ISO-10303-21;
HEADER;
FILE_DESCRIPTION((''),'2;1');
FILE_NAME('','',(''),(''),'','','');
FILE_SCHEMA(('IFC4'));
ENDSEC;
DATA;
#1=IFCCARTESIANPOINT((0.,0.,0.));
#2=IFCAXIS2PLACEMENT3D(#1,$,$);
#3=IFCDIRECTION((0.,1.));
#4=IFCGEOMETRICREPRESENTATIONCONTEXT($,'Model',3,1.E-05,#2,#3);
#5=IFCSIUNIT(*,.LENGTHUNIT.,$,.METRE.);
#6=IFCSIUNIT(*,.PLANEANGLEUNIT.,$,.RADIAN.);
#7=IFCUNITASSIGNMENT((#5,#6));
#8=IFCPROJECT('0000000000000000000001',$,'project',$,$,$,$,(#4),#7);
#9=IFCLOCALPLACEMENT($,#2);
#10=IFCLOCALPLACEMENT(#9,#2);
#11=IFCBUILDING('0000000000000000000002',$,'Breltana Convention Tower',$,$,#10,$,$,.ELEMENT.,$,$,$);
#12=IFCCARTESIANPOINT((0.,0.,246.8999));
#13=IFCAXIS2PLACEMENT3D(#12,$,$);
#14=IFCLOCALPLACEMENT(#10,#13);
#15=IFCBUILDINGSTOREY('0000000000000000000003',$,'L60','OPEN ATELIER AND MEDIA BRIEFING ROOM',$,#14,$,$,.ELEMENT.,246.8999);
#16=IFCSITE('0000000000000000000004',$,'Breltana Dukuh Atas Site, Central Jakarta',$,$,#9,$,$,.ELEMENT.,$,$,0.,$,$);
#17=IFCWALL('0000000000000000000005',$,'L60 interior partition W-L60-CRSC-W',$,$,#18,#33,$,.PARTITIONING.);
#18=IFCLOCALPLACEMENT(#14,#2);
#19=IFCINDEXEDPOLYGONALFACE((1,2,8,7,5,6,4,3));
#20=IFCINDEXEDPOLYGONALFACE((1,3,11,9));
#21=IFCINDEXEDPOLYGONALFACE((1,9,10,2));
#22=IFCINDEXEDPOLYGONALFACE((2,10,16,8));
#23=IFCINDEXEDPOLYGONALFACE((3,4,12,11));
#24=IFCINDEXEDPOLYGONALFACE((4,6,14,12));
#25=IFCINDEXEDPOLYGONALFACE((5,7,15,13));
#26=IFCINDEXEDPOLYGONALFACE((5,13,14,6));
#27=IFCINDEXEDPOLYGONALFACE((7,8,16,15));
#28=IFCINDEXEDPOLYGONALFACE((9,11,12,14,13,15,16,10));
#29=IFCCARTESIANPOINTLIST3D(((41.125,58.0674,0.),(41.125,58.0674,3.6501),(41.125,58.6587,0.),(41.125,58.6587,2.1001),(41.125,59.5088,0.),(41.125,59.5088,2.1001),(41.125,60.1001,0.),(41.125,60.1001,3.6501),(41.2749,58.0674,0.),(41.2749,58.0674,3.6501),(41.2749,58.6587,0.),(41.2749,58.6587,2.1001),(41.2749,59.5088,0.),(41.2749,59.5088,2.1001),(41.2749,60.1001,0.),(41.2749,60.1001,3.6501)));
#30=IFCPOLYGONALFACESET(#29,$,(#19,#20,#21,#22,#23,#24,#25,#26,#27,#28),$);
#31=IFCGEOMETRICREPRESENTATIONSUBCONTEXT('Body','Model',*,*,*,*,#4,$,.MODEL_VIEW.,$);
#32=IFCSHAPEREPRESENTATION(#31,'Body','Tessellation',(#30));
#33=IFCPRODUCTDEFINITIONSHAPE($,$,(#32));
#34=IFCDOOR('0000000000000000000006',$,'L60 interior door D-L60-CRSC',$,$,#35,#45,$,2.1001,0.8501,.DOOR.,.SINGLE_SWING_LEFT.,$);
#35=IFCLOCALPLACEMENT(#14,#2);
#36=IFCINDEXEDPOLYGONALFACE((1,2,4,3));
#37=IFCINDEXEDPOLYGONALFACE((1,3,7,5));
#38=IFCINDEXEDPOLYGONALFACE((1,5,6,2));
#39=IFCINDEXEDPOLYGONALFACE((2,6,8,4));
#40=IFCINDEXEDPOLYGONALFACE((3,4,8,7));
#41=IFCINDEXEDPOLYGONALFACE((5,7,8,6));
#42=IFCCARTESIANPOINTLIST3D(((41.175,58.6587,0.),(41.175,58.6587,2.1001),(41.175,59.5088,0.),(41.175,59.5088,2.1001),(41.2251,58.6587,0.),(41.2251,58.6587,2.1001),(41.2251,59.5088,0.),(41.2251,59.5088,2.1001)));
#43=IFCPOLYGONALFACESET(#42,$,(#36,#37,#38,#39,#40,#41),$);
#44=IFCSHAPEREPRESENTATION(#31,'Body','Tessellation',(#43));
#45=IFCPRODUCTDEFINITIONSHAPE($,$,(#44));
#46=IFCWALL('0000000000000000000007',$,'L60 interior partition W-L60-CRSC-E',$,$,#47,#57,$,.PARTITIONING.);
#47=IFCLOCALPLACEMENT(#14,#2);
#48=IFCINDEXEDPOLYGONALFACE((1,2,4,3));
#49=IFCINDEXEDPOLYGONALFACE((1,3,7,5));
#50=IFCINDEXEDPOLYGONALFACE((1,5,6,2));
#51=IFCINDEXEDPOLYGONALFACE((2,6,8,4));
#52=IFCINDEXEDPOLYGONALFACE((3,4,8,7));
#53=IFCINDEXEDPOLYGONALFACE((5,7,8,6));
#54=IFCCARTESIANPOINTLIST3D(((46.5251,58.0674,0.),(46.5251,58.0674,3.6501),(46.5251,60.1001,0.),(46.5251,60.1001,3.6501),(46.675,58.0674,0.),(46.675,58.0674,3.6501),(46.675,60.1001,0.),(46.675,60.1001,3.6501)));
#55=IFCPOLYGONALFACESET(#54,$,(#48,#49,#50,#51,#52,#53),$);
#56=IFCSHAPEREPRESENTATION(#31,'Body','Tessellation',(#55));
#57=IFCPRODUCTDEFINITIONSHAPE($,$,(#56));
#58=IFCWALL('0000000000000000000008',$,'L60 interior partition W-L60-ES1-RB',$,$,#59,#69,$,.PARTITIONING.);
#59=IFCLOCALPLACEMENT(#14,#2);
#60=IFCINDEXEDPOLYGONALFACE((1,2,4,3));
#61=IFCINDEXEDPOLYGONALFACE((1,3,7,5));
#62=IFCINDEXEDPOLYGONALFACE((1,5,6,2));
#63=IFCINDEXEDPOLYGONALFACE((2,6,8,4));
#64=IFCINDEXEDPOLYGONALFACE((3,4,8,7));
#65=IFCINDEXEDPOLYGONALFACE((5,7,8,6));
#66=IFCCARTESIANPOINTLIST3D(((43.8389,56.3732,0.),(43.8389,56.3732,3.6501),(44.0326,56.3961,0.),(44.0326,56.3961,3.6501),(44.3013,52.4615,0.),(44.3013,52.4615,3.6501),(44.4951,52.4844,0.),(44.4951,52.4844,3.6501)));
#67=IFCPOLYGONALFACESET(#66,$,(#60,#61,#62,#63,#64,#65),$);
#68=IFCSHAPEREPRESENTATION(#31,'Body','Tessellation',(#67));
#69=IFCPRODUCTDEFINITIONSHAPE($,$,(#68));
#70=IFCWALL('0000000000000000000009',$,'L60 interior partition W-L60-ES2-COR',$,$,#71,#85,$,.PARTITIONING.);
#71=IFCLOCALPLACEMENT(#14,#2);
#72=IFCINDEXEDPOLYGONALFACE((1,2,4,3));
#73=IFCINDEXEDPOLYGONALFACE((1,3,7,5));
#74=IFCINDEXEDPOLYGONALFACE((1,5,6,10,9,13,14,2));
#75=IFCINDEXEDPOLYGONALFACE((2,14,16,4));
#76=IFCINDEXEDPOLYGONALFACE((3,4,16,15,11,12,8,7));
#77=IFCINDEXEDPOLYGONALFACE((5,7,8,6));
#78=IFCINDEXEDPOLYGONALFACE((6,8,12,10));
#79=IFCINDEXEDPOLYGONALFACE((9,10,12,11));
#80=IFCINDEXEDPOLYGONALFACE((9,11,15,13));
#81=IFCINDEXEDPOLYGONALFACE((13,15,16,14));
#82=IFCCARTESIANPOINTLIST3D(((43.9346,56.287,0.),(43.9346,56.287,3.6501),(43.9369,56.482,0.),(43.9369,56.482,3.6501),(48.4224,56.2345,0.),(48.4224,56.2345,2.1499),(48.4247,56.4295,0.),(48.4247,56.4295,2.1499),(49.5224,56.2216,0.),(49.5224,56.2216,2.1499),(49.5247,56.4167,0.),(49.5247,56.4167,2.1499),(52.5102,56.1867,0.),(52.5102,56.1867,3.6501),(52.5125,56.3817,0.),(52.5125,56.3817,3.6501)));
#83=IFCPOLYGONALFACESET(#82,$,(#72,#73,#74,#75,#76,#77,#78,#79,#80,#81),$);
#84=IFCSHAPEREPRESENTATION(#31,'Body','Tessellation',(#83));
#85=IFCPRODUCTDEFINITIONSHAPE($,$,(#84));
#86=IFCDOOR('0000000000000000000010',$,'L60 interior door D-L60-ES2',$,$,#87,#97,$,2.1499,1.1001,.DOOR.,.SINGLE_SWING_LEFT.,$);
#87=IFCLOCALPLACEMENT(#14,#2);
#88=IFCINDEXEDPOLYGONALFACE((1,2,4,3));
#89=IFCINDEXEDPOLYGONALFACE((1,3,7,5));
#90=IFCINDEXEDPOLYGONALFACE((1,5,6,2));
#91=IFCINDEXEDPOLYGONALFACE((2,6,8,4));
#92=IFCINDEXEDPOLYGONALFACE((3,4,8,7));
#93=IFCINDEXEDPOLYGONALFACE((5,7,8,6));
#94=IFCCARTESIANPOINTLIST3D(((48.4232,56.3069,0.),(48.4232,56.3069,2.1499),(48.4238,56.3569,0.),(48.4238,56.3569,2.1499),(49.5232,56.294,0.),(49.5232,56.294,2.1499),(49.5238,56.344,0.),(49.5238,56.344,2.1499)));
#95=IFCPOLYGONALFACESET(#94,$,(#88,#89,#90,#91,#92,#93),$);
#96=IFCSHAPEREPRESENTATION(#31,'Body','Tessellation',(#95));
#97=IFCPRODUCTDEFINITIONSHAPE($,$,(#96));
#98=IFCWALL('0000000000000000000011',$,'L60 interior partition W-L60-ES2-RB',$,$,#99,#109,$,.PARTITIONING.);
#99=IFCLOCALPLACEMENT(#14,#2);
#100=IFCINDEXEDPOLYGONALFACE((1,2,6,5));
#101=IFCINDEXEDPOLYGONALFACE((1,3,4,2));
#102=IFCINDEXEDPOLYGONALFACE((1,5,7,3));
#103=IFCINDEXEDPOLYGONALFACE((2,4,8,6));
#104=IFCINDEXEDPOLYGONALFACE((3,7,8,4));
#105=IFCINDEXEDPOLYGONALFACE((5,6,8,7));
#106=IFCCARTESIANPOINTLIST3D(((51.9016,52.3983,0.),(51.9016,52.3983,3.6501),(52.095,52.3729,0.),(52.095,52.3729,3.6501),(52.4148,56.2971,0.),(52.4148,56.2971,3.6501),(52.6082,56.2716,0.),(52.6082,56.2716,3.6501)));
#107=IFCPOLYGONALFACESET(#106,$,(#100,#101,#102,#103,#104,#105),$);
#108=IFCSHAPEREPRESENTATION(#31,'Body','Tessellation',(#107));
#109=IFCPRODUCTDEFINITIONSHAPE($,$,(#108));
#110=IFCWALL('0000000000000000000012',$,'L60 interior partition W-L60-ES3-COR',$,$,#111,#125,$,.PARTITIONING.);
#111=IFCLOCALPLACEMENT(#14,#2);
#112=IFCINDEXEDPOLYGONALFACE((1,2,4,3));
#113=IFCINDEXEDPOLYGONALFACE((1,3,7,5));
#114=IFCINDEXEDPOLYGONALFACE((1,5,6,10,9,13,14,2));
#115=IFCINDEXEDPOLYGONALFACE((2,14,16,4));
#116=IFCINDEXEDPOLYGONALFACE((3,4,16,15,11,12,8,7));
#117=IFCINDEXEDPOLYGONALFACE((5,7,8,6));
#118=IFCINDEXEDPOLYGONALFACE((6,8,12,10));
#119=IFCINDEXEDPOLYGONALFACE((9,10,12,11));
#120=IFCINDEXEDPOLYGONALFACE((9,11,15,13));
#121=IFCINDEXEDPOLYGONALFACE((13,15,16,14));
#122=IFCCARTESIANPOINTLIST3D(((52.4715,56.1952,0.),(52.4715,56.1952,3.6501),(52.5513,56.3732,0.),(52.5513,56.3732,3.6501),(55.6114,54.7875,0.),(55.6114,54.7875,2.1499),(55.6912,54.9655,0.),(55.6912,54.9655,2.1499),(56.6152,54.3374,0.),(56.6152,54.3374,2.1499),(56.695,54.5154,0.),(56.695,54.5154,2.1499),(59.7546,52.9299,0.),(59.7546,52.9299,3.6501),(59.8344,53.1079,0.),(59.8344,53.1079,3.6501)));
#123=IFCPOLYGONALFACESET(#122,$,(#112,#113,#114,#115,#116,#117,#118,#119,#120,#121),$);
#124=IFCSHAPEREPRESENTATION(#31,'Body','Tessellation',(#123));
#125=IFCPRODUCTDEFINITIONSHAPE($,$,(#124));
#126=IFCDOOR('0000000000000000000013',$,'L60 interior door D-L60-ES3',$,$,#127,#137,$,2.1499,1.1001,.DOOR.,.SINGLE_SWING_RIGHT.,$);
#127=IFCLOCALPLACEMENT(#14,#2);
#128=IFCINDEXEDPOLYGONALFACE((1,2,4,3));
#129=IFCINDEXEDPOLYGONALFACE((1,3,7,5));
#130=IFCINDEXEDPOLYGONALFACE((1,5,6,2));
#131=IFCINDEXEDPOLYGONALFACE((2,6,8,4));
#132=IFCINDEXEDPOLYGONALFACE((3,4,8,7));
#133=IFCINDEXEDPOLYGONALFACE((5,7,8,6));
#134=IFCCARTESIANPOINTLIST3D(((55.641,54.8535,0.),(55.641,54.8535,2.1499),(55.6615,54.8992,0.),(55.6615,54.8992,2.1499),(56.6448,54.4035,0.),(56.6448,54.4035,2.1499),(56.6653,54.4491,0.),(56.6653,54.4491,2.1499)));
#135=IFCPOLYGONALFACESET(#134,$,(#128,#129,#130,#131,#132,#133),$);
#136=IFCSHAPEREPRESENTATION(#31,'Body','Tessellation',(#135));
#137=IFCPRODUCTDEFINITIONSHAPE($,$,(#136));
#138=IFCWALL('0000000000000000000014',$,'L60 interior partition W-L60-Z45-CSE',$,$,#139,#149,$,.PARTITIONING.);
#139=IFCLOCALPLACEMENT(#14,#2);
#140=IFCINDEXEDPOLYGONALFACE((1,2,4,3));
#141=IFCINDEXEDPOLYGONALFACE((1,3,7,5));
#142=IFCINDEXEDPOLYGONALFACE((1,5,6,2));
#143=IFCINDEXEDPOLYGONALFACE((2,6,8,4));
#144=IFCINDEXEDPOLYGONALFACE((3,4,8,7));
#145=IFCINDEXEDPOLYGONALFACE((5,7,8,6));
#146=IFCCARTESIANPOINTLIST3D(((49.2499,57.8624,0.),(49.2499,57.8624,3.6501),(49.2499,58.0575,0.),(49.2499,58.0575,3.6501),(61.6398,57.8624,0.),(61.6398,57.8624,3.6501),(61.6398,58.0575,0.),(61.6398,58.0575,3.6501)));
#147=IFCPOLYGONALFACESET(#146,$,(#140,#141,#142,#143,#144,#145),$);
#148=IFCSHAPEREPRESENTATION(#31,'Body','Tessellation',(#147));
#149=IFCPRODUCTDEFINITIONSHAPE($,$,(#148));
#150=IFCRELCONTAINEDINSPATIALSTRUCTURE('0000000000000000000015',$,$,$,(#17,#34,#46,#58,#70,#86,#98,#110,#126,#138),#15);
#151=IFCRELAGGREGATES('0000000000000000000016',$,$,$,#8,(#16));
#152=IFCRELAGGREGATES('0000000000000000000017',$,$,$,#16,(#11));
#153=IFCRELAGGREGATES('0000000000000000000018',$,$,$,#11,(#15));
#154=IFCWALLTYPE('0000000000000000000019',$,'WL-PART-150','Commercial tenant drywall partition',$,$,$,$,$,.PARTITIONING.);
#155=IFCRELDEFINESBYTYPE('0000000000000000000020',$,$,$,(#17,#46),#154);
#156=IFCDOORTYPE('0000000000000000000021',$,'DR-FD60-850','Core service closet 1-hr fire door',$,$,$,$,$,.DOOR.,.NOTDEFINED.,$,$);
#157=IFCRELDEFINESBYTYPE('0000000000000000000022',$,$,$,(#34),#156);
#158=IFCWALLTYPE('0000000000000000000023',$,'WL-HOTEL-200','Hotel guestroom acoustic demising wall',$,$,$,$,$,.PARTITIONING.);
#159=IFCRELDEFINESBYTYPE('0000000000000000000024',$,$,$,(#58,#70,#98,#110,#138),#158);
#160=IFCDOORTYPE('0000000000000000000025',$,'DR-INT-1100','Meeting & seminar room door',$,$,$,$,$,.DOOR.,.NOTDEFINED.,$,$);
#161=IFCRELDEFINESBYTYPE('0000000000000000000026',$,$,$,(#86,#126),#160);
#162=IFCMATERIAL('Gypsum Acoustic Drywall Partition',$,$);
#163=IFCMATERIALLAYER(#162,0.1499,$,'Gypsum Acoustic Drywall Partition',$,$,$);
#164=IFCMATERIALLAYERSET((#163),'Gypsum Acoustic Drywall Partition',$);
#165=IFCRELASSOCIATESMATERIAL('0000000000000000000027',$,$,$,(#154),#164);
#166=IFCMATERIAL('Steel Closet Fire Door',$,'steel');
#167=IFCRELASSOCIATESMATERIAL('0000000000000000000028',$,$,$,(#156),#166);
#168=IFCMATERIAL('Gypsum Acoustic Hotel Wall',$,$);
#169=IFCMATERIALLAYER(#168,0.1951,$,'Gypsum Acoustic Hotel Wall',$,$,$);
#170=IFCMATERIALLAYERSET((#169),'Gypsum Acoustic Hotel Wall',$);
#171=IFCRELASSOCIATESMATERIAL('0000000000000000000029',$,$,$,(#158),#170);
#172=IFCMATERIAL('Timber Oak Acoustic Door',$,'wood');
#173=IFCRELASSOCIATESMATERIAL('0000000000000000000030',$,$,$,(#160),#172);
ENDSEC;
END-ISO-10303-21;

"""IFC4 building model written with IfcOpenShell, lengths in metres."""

from ifc_helpers import new_model, si_unit, direction, frame, frame_2d, origin, place, context, subcontext, project, spatial, rectangle, extrude, source, transform, mapped, material, layer, layer_set, type_object, type_shapes, element, fill, save


model = new_model("IFC4")

# Units and contexts
model_context = context("Model", 3, precision=1e-05, world=origin(), true_north=direction((0.0, 1.0)))
body_context = subcontext(model_context, "Body", "Model", "MODEL_VIEW")
ifc_project = project(units=[si_unit("LENGTHUNIT", "METRE"), si_unit("PLANEANGLEUNIT", "RADIAN")], contexts=[model_context])

# Site, building, storey
site_placement = place(None, origin())
site = spatial("IfcSite", under=ifc_project, at=site_placement, Name="Breltana Dukuh Atas Site, Central Jakarta", CompositionType="ELEMENT", RefElevation=0.0)
building_placement = place(site_placement, origin())
building = spatial("IfcBuilding", under=site, at=building_placement, Name="Breltana Convention Tower", CompositionType="ELEMENT")
storey_placement = place(building_placement, frame((0.0, 0.0, 246.8999)))
storey = spatial("IfcBuildingStorey", under=building, at=storey_placement, Name="L60", Description="OPEN ATELIER AND MEDIA BRIEFING ROOM", CompositionType="ELEMENT", Elevation=246.8999)

# Wall, opening, door
ifc_material_1 = material(Name="Gypsum Acoustic Drywall Partition")
ifc_layer_1 = layer(ifc_material_1, 0.1499, Name="Gypsum Acoustic Drywall Partition")
ifc_layer_set_1 = layer_set([ifc_layer_1], Name="Gypsum Acoustic Drywall Partition")
wall_type_1 = type_object("IfcWallType", Name="WL-PART-150", Description="Commercial tenant drywall partition", PredefinedType="PARTITIONING", material=ifc_layer_set_1)
shared_shape_1 = source(origin(), body_context, "Body", "SweptSolid", [
    extrude(rectangle(XDim=2.0327, YDim=0.1499, at=frame_2d((1.0164, 0.0))), origin(), (0.0, 0.0, 1.0), 3.6501),
])
wall_1_placement = place(storey_placement, frame((41.2, 58.0674, 0.0), z_axis=(0.0, 0.0, 1.0), x_axis=(0.0, 1.0, 0.0)))
wall_1 = element("IfcWall", 1, at=wall_1_placement, inside=storey, type_object=wall_type_1, Name="L60 interior partition W-L60-CRSC-W", PredefinedType="PARTITIONING", context=body_context, shape_type="MappedRepresentation", body=[
    mapped(shared_shape_1, transform((0.0, 0.0, 0.0), scale=1.0)),
])
opening_1_placement = place(wall_1_placement, frame((0.5913, 0.0, 0.0)))
opening_1 = element("IfcOpeningElement", 2, at=opening_1_placement, cuts=wall_1, PredefinedType="OPENING", context=body_context, shape_type="SweptSolid", body=[
    extrude(rectangle(XDim=0.8501, YDim=2.1001, at=frame_2d((0.425, 1.05))), frame((0.0, 0.085, 0.0), z_axis=(0.0, -1.0, 0.0), x_axis=(1.0, 0.0, 0.0)), (0.0, 0.0, 1.0), 0.1699),
])
ifc_material_2 = material(Name="Steel Closet Fire Door", Category="steel")
door_type_1 = type_object("IfcDoorType", Name="DR-FD60-850", Description="Core service closet 1-hr fire door", OperationType="NOTDEFINED", PredefinedType="DOOR", material=ifc_material_2)
shared_shape_2 = source(origin(), body_context, "Body", "SweptSolid", [
    extrude(rectangle(XDim=0.8501, YDim=2.1001, at=frame_2d((0.425, 1.05))), frame((0.0, 0.0249, 0.0), z_axis=(0.0, -1.0, 0.0), x_axis=(1.0, 0.0, 0.0)), (0.0, 0.0, 1.0), 0.05),
])
type_shapes(door_type_1, [shared_shape_2])
door_1_placement = place(opening_1_placement, origin())
door_1 = element("IfcDoor", 3, at=door_1_placement, inside=storey, type_object=door_type_1, Name="L60 interior door D-L60-CRSC", OperationType="SINGLE_SWING_LEFT", OverallHeight=2.1001, OverallWidth=0.8501, PredefinedType="DOOR", context=body_context, shape_type="MappedRepresentation", body=[
    mapped(shared_shape_2, transform((0.0, 0.0, 0.0), scale=1.0)),
])
fill(opening_1, door_1)

# Walls
wall_2_placement = place(storey_placement, frame((46.6001, 58.0674, 0.0), z_axis=(0.0, 0.0, 1.0), x_axis=(0.0, 1.0, 0.0)))
element("IfcWall", 4, at=wall_2_placement, inside=storey, type_object=wall_type_1, Name="L60 interior partition W-L60-CRSC-E", PredefinedType="PARTITIONING", context=body_context, shape_type="MappedRepresentation", body=[
    mapped(shared_shape_1, transform((0.0, 0.0, 0.0), scale=1.0)),
])
ifc_material_3 = material(Name="Gypsum Acoustic Hotel Wall")
ifc_layer_2 = layer(ifc_material_3, 0.1951, Name="Gypsum Acoustic Hotel Wall")
ifc_layer_set_2 = layer_set([ifc_layer_2], Name="Gypsum Acoustic Hotel Wall")
wall_type_2 = type_object("IfcWallType", Name="WL-HOTEL-200", Description="Hotel guestroom acoustic demising wall", PredefinedType="PARTITIONING", material=ifc_layer_set_2)
shared_shape_3 = source(origin(), body_context, "Body", "SweptSolid", [
    extrude(rectangle(XDim=3.939, YDim=0.1951, at=frame_2d((1.9695, 0.0))), origin(), (0.0, 0.0, 1.0), 3.6501),
])
wall_3_placement = place(storey_placement, frame((44.3982, 52.4729, 0.0), z_axis=(0.0, 0.0, 1.0), x_axis=(-0.117395, 0.993085, 0.0)))
element("IfcWall", 5, at=wall_3_placement, inside=storey, type_object=wall_type_2, Name="L60 interior partition W-L60-ES1-RB", PredefinedType="PARTITIONING", context=body_context, shape_type="MappedRepresentation", body=[
    mapped(shared_shape_3, transform((0.0, 0.0, 0.0), scale=1.0)),
])

# Wall, opening, door
shared_shape_4 = source(origin(), body_context, "Body", "SweptSolid", [
    extrude(rectangle(XDim=8.5762, YDim=0.1951, at=frame_2d((4.2881, 0.0))), origin(), (0.0, 0.0, 1.0), 3.6501),
])
wall_4_placement = place(storey_placement, frame((43.9358, 56.3845, 0.0), z_axis=(0.0, 0.0, 1.0), x_axis=(0.999932, -0.0117, 0.0)))
wall_4 = element("IfcWall", 6, at=wall_4_placement, inside=storey, type_object=wall_type_2, Name="L60 interior partition W-L60-ES2-COR", PredefinedType="PARTITIONING", context=body_context, shape_type="MappedRepresentation", body=[
    mapped(shared_shape_4, transform((0.0, 0.0, 0.0), scale=1.0)),
])
opening_2_placement = place(wall_4_placement, frame((4.488, 0.0, 0.0)))
opening_2 = element("IfcOpeningElement", 7, at=opening_2_placement, cuts=wall_4, PredefinedType="OPENING", context=body_context, shape_type="SweptSolid", body=[
    extrude(rectangle(XDim=1.1001, YDim=2.1499, at=frame_2d((0.55, 1.075))), frame((0.0, 0.1074, 0.0), z_axis=(0.0, -1.0, 0.0), x_axis=(1.0, 0.0, 0.0)), (0.0, 0.0, 1.0), 0.2151),
])
ifc_material_4 = material(Name="Timber Oak Acoustic Door", Category="wood")
door_type_2 = type_object("IfcDoorType", Name="DR-INT-1100", Description="Meeting & seminar room door", OperationType="NOTDEFINED", PredefinedType="DOOR", material=ifc_material_4)
shared_shape_5 = source(origin(), body_context, "Body", "SweptSolid", [
    extrude(rectangle(XDim=1.1001, YDim=2.1499, at=frame_2d((0.55, 1.075))), frame((0.0, 0.0249, 0.0), z_axis=(0.0, -1.0, 0.0), x_axis=(1.0, 0.0, 0.0)), (0.0, 0.0, 1.0), 0.05),
])
type_shapes(door_type_2, [shared_shape_5])
door_2_placement = place(opening_2_placement, origin())
door_2 = element("IfcDoor", 8, at=door_2_placement, inside=storey, type_object=door_type_2, Name="L60 interior door D-L60-ES2", OperationType="SINGLE_SWING_LEFT", OverallHeight=2.1499, OverallWidth=1.1001, PredefinedType="DOOR", context=body_context, shape_type="MappedRepresentation", body=[
    mapped(shared_shape_5, transform((0.0, 0.0, 0.0), scale=1.0)),
])
fill(opening_2, door_2)

# Wall
shared_shape_6 = source(origin(), body_context, "Body", "SweptSolid", [
    extrude(rectangle(XDim=3.9324, YDim=0.1951, at=frame_2d((1.9663, 0.0))), origin(), (0.0, 0.0, 1.0), 3.6501),
])
wall_5_placement = place(storey_placement, frame((51.9983, 52.3855, 0.0), z_axis=(0.0, 0.0, 1.0), x_axis=(0.130504, 0.991448, 0.0)))
element("IfcWall", 9, at=wall_5_placement, inside=storey, type_object=wall_type_2, Name="L60 interior partition W-L60-ES2-RB", PredefinedType="PARTITIONING", context=body_context, shape_type="MappedRepresentation", body=[
    mapped(shared_shape_6, transform((0.0, 0.0, 0.0), scale=1.0)),
])

# Wall, opening, door
shared_shape_7 = source(origin(), body_context, "Body", "SweptSolid", [
    extrude(rectangle(XDim=7.9817, YDim=0.1951, at=frame_2d((3.9907, 0.0))), origin(), (0.0, 0.0, 1.0), 3.6501),
])
wall_6_placement = place(storey_placement, frame((52.5115, 56.2842, 0.0), z_axis=(0.0, 0.0, 1.0), x_axis=(0.912486, -0.409108, 0.0)))
wall_6 = element("IfcWall", 10, at=wall_6_placement, inside=storey, type_object=wall_type_2, Name="L60 interior partition W-L60-ES3-COR", PredefinedType="PARTITIONING", context=body_context, shape_type="MappedRepresentation", body=[
    mapped(shared_shape_7, transform((0.0, 0.0, 0.0), scale=1.0)),
])
opening_3_placement = place(wall_6_placement, frame((3.4409, 0.0, 0.0)))
opening_3 = element("IfcOpeningElement", 11, at=opening_3_placement, cuts=wall_6, PredefinedType="OPENING", context=body_context, shape_type="SweptSolid", body=[
    extrude(rectangle(XDim=1.1001, YDim=2.1499, at=frame_2d((0.55, 1.075))), frame((0.0, 0.1074, 0.0), z_axis=(0.0, -1.0, 0.0), x_axis=(1.0, 0.0, 0.0)), (0.0, 0.0, 1.0), 0.2151),
])
door_3_placement = place(opening_3_placement, origin())
door_3 = element("IfcDoor", 12, at=door_3_placement, inside=storey, type_object=door_type_2, Name="L60 interior door D-L60-ES3", OperationType="SINGLE_SWING_RIGHT", OverallHeight=2.1499, OverallWidth=1.1001, PredefinedType="DOOR", context=body_context, shape_type="MappedRepresentation", body=[
    mapped(shared_shape_5, transform((0.0, 0.0, 0.0), scale=1.0)),
])
fill(opening_3, door_3)

# Wall
shared_shape_8 = source(origin(), body_context, "Body", "SweptSolid", [
    extrude(rectangle(XDim=12.3899, YDim=0.1951, at=frame_2d((6.1948, 0.0))), origin(), (0.0, 0.0, 1.0), 3.6501),
])
wall_7_placement = place(storey_placement, frame((49.25, 57.96, 0.0), z_axis=(0.0, 0.0, 1.0), x_axis=(1.0, 0.0, 0.0)))
element("IfcWall", 13, at=wall_7_placement, inside=storey, type_object=wall_type_2, Name="L60 interior partition W-L60-Z45-CSE", PredefinedType="PARTITIONING", context=body_context, shape_type="MappedRepresentation", body=[
    mapped(shared_shape_8, transform((0.0, 0.0, 0.0), scale=1.0)),
])

save(model, "model.ifc")
